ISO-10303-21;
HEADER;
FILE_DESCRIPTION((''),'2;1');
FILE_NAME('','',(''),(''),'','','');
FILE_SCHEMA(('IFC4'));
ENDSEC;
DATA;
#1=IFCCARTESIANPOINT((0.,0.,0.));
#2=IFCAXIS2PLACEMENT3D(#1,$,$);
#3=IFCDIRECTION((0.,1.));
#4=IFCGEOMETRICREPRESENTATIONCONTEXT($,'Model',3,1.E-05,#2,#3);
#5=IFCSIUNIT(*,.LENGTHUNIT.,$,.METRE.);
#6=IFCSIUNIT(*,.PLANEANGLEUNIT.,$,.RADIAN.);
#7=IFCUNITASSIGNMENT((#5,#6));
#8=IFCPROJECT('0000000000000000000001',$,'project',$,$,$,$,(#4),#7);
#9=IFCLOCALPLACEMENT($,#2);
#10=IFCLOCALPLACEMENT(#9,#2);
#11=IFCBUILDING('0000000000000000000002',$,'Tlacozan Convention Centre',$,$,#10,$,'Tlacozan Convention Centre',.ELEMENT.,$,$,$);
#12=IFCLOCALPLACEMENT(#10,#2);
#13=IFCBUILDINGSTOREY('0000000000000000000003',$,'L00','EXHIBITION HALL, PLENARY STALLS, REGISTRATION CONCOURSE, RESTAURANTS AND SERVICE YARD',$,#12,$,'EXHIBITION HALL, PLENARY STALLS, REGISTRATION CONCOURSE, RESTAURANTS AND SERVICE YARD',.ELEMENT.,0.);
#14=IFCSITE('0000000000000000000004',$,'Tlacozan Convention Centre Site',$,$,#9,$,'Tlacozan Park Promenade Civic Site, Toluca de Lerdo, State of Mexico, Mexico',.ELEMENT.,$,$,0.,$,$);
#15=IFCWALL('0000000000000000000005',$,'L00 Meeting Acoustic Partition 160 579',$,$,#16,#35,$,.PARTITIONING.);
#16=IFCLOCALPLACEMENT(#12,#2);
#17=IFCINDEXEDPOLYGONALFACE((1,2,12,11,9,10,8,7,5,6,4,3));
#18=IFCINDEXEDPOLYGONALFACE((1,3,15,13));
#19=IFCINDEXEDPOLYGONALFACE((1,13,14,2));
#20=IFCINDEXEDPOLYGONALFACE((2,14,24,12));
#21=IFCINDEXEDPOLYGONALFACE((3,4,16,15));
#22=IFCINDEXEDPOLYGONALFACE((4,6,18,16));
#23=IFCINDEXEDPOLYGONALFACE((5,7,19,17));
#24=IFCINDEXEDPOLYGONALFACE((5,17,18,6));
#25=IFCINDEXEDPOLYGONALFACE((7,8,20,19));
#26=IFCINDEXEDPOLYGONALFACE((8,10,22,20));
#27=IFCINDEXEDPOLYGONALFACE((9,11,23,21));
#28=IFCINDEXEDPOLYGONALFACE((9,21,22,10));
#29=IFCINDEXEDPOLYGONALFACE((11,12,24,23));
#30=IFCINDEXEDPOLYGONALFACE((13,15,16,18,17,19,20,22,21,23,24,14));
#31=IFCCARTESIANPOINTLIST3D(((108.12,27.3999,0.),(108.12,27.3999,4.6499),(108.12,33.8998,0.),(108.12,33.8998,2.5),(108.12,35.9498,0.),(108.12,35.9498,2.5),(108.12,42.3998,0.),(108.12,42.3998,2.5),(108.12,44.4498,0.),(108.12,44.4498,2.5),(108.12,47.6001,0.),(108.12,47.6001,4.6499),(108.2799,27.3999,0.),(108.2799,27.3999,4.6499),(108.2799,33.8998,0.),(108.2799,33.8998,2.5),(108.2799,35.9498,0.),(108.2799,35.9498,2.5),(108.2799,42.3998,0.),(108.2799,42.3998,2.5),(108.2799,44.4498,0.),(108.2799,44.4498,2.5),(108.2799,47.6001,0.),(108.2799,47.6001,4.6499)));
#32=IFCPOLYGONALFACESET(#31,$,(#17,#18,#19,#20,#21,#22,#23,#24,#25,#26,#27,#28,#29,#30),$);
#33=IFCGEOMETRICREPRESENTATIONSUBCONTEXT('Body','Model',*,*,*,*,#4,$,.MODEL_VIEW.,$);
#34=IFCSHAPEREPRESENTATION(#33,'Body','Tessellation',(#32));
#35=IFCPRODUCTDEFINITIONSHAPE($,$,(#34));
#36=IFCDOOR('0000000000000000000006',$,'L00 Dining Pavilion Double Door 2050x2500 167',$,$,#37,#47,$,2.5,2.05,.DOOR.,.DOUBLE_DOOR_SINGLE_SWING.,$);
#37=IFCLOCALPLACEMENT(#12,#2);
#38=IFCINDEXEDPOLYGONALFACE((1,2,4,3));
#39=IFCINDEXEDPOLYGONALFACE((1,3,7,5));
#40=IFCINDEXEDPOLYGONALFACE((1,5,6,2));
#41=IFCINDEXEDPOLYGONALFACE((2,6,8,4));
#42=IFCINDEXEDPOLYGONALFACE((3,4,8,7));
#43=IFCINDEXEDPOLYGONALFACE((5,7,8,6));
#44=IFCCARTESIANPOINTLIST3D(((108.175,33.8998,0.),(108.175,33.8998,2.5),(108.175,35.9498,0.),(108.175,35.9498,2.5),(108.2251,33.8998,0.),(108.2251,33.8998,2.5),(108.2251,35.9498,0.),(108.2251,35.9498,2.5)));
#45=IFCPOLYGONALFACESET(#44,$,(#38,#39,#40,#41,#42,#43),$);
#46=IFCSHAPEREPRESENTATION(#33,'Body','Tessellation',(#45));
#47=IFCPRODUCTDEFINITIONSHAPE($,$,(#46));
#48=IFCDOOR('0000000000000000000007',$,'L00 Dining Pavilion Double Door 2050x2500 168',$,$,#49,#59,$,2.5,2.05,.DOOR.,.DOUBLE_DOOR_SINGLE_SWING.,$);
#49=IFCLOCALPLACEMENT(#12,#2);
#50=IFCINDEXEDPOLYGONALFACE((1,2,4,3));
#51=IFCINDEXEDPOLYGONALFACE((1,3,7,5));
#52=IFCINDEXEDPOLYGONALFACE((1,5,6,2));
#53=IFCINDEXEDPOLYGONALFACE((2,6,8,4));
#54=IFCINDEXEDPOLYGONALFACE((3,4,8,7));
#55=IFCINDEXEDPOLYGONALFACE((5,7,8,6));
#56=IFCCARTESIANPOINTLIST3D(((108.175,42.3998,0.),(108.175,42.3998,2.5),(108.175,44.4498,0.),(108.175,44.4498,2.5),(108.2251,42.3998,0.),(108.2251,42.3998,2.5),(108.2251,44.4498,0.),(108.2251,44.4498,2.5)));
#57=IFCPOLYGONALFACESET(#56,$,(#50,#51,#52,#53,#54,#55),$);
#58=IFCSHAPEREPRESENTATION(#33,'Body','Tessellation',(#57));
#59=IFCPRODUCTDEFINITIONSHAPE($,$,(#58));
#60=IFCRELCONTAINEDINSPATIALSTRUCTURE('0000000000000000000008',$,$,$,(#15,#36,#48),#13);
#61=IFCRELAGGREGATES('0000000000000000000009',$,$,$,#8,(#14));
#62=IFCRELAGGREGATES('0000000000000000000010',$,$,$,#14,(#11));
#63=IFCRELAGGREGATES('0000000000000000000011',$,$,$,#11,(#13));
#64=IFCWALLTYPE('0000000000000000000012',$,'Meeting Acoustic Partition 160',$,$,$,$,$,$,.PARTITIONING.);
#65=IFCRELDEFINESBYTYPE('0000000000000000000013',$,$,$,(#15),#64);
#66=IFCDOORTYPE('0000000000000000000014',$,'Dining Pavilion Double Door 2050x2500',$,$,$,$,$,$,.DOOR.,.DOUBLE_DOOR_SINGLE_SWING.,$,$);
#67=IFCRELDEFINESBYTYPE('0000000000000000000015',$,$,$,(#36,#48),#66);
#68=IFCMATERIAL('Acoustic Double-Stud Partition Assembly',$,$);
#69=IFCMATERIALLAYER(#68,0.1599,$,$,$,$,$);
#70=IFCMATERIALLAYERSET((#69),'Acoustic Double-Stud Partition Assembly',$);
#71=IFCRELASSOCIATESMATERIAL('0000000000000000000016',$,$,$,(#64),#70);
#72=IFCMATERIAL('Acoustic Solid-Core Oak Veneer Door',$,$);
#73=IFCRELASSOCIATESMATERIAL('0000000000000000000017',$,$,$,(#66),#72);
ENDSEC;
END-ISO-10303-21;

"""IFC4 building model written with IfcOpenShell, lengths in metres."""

from ifc_helpers import new_model, si_unit, direction, frame, frame_2d, origin, place, context, subcontext, project, spatial, rectangle, extrude, material, layer, layer_set, type_object, element, fill, save


model = new_model("IFC4")

# Units and contexts
model_context = context("Model", 3, precision=1e-05, world=origin(), true_north=direction((0.0, 1.0)))
body_context = subcontext(model_context, "Body", "Model", "MODEL_VIEW")
ifc_project = project(units=[si_unit("LENGTHUNIT", "METRE"), si_unit("PLANEANGLEUNIT", "RADIAN")], contexts=[model_context])

# Site, building, storey
site_placement = place(None, origin())
site = spatial("IfcSite", under=ifc_project, at=site_placement, Name="Tlacozan Convention Centre Site", LongName="Tlacozan Park Promenade Civic Site, Toluca de Lerdo, State of Mexico, Mexico", CompositionType="ELEMENT", RefElevation=0.0)
building_placement = place(site_placement, origin())
building = spatial("IfcBuilding", under=site, at=building_placement, Name="Tlacozan Convention Centre", LongName="Tlacozan Convention Centre", CompositionType="ELEMENT")
storey_placement = place(building_placement, origin())
storey = spatial("IfcBuildingStorey", under=building, at=storey_placement, Name="L00", Description="EXHIBITION HALL, PLENARY STALLS, REGISTRATION CONCOURSE, RESTAURANTS AND SERVICE YARD", LongName="EXHIBITION HALL, PLENARY STALLS, REGISTRATION CONCOURSE, RESTAURANTS AND SERVICE YARD", CompositionType="ELEMENT", Elevation=0.0)

# Wall, openings, doors
ifc_material_1 = material(Name="Acoustic Double-Stud Partition Assembly")
ifc_layer_1 = layer(ifc_material_1, 0.1599)
ifc_layer_set_1 = layer_set([ifc_layer_1], Name="Acoustic Double-Stud Partition Assembly")
wall_type_1 = type_object("IfcWallType", Name="Meeting Acoustic Partition 160", PredefinedType="PARTITIONING", material=ifc_layer_set_1)
wall_1_placement = place(storey_placement, frame((108.2, 27.3999, 0.0), z_axis=(0.0, 0.0, 1.0), x_axis=(0.0, 1.0, 0.0)))
wall_1 = element("IfcWall", 1, at=wall_1_placement, inside=storey, type_object=wall_type_1, Name="L00 Meeting Acoustic Partition 160 579", PredefinedType="PARTITIONING", context=body_context, shape_type="SweptSolid", body=[
    extrude(rectangle(XDim=20.2002, YDim=0.1599, at=frame_2d((10.1001, 0.0))), origin(), (0.0, 0.0, 1.0), 4.6499),
])
opening_1_placement = place(wall_1_placement, frame((6.5, 0.0, 0.0)))
opening_1 = element("IfcOpeningElement", 2, at=opening_1_placement, cuts=wall_1, PredefinedType="OPENING", context=body_context, shape_type="SweptSolid", body=[
    extrude(rectangle(XDim=2.05, YDim=2.5, at=frame_2d((1.0249, 1.25))), frame((0.0, 0.0898, 0.0), z_axis=(0.0, -1.0, 0.0), x_axis=(1.0, 0.0, 0.0)), (0.0, 0.0, 1.0), 0.1799),
])
opening_2_placement = place(wall_1_placement, frame((15.0, 0.0, 0.0)))
opening_2 = element("IfcOpeningElement", 3, at=opening_2_placement, cuts=wall_1, PredefinedType="OPENING", context=body_context, shape_type="SweptSolid", body=[
    extrude(rectangle(XDim=2.05, YDim=2.5, at=frame_2d((1.0249, 1.25))), frame((0.0, 0.0898, 0.0), z_axis=(0.0, -1.0, 0.0), x_axis=(1.0, 0.0, 0.0)), (0.0, 0.0, 1.0), 0.1799),
])
ifc_material_2 = material(Name="Acoustic Solid-Core Oak Veneer Door")
door_type_1 = type_object("IfcDoorType", Name="Dining Pavilion Double Door 2050x2500", OperationType="DOUBLE_DOOR_SINGLE_SWING", PredefinedType="DOOR", material=ifc_material_2)
door_1_placement = place(opening_1_placement, origin())
door_1 = element("IfcDoor", 4, at=door_1_placement, inside=storey, type_object=door_type_1, Name="L00 Dining Pavilion Double Door 2050x2500 167", OperationType="DOUBLE_DOOR_SINGLE_SWING", OverallHeight=2.5, OverallWidth=2.05, PredefinedType="DOOR", context=body_context, shape_type="SweptSolid", body=[
    extrude(rectangle(XDim=2.05, YDim=2.5, at=frame_2d((1.0249, 1.25))), frame((0.0, 0.0249, 0.0), z_axis=(0.0, -1.0, 0.0), x_axis=(1.0, 0.0, 0.0)), (0.0, 0.0, 1.0), 0.05),
])
fill(opening_1, door_1)
door_2_placement = place(opening_2_placement, origin())
door_2 = element("IfcDoor", 5, at=door_2_placement, inside=storey, type_object=door_type_1, Name="L00 Dining Pavilion Double Door 2050x2500 168", OperationType="DOUBLE_DOOR_SINGLE_SWING", OverallHeight=2.5, OverallWidth=2.05, PredefinedType="DOOR", context=body_context, shape_type="SweptSolid", body=[
    extrude(rectangle(XDim=2.05, YDim=2.5, at=frame_2d((1.0249, 1.25))), frame((0.0, 0.0249, 0.0), z_axis=(0.0, -1.0, 0.0), x_axis=(1.0, 0.0, 0.0)), (0.0, 0.0, 1.0), 0.05),
])
fill(opening_2, door_2)

save(model, "model.ifc")
